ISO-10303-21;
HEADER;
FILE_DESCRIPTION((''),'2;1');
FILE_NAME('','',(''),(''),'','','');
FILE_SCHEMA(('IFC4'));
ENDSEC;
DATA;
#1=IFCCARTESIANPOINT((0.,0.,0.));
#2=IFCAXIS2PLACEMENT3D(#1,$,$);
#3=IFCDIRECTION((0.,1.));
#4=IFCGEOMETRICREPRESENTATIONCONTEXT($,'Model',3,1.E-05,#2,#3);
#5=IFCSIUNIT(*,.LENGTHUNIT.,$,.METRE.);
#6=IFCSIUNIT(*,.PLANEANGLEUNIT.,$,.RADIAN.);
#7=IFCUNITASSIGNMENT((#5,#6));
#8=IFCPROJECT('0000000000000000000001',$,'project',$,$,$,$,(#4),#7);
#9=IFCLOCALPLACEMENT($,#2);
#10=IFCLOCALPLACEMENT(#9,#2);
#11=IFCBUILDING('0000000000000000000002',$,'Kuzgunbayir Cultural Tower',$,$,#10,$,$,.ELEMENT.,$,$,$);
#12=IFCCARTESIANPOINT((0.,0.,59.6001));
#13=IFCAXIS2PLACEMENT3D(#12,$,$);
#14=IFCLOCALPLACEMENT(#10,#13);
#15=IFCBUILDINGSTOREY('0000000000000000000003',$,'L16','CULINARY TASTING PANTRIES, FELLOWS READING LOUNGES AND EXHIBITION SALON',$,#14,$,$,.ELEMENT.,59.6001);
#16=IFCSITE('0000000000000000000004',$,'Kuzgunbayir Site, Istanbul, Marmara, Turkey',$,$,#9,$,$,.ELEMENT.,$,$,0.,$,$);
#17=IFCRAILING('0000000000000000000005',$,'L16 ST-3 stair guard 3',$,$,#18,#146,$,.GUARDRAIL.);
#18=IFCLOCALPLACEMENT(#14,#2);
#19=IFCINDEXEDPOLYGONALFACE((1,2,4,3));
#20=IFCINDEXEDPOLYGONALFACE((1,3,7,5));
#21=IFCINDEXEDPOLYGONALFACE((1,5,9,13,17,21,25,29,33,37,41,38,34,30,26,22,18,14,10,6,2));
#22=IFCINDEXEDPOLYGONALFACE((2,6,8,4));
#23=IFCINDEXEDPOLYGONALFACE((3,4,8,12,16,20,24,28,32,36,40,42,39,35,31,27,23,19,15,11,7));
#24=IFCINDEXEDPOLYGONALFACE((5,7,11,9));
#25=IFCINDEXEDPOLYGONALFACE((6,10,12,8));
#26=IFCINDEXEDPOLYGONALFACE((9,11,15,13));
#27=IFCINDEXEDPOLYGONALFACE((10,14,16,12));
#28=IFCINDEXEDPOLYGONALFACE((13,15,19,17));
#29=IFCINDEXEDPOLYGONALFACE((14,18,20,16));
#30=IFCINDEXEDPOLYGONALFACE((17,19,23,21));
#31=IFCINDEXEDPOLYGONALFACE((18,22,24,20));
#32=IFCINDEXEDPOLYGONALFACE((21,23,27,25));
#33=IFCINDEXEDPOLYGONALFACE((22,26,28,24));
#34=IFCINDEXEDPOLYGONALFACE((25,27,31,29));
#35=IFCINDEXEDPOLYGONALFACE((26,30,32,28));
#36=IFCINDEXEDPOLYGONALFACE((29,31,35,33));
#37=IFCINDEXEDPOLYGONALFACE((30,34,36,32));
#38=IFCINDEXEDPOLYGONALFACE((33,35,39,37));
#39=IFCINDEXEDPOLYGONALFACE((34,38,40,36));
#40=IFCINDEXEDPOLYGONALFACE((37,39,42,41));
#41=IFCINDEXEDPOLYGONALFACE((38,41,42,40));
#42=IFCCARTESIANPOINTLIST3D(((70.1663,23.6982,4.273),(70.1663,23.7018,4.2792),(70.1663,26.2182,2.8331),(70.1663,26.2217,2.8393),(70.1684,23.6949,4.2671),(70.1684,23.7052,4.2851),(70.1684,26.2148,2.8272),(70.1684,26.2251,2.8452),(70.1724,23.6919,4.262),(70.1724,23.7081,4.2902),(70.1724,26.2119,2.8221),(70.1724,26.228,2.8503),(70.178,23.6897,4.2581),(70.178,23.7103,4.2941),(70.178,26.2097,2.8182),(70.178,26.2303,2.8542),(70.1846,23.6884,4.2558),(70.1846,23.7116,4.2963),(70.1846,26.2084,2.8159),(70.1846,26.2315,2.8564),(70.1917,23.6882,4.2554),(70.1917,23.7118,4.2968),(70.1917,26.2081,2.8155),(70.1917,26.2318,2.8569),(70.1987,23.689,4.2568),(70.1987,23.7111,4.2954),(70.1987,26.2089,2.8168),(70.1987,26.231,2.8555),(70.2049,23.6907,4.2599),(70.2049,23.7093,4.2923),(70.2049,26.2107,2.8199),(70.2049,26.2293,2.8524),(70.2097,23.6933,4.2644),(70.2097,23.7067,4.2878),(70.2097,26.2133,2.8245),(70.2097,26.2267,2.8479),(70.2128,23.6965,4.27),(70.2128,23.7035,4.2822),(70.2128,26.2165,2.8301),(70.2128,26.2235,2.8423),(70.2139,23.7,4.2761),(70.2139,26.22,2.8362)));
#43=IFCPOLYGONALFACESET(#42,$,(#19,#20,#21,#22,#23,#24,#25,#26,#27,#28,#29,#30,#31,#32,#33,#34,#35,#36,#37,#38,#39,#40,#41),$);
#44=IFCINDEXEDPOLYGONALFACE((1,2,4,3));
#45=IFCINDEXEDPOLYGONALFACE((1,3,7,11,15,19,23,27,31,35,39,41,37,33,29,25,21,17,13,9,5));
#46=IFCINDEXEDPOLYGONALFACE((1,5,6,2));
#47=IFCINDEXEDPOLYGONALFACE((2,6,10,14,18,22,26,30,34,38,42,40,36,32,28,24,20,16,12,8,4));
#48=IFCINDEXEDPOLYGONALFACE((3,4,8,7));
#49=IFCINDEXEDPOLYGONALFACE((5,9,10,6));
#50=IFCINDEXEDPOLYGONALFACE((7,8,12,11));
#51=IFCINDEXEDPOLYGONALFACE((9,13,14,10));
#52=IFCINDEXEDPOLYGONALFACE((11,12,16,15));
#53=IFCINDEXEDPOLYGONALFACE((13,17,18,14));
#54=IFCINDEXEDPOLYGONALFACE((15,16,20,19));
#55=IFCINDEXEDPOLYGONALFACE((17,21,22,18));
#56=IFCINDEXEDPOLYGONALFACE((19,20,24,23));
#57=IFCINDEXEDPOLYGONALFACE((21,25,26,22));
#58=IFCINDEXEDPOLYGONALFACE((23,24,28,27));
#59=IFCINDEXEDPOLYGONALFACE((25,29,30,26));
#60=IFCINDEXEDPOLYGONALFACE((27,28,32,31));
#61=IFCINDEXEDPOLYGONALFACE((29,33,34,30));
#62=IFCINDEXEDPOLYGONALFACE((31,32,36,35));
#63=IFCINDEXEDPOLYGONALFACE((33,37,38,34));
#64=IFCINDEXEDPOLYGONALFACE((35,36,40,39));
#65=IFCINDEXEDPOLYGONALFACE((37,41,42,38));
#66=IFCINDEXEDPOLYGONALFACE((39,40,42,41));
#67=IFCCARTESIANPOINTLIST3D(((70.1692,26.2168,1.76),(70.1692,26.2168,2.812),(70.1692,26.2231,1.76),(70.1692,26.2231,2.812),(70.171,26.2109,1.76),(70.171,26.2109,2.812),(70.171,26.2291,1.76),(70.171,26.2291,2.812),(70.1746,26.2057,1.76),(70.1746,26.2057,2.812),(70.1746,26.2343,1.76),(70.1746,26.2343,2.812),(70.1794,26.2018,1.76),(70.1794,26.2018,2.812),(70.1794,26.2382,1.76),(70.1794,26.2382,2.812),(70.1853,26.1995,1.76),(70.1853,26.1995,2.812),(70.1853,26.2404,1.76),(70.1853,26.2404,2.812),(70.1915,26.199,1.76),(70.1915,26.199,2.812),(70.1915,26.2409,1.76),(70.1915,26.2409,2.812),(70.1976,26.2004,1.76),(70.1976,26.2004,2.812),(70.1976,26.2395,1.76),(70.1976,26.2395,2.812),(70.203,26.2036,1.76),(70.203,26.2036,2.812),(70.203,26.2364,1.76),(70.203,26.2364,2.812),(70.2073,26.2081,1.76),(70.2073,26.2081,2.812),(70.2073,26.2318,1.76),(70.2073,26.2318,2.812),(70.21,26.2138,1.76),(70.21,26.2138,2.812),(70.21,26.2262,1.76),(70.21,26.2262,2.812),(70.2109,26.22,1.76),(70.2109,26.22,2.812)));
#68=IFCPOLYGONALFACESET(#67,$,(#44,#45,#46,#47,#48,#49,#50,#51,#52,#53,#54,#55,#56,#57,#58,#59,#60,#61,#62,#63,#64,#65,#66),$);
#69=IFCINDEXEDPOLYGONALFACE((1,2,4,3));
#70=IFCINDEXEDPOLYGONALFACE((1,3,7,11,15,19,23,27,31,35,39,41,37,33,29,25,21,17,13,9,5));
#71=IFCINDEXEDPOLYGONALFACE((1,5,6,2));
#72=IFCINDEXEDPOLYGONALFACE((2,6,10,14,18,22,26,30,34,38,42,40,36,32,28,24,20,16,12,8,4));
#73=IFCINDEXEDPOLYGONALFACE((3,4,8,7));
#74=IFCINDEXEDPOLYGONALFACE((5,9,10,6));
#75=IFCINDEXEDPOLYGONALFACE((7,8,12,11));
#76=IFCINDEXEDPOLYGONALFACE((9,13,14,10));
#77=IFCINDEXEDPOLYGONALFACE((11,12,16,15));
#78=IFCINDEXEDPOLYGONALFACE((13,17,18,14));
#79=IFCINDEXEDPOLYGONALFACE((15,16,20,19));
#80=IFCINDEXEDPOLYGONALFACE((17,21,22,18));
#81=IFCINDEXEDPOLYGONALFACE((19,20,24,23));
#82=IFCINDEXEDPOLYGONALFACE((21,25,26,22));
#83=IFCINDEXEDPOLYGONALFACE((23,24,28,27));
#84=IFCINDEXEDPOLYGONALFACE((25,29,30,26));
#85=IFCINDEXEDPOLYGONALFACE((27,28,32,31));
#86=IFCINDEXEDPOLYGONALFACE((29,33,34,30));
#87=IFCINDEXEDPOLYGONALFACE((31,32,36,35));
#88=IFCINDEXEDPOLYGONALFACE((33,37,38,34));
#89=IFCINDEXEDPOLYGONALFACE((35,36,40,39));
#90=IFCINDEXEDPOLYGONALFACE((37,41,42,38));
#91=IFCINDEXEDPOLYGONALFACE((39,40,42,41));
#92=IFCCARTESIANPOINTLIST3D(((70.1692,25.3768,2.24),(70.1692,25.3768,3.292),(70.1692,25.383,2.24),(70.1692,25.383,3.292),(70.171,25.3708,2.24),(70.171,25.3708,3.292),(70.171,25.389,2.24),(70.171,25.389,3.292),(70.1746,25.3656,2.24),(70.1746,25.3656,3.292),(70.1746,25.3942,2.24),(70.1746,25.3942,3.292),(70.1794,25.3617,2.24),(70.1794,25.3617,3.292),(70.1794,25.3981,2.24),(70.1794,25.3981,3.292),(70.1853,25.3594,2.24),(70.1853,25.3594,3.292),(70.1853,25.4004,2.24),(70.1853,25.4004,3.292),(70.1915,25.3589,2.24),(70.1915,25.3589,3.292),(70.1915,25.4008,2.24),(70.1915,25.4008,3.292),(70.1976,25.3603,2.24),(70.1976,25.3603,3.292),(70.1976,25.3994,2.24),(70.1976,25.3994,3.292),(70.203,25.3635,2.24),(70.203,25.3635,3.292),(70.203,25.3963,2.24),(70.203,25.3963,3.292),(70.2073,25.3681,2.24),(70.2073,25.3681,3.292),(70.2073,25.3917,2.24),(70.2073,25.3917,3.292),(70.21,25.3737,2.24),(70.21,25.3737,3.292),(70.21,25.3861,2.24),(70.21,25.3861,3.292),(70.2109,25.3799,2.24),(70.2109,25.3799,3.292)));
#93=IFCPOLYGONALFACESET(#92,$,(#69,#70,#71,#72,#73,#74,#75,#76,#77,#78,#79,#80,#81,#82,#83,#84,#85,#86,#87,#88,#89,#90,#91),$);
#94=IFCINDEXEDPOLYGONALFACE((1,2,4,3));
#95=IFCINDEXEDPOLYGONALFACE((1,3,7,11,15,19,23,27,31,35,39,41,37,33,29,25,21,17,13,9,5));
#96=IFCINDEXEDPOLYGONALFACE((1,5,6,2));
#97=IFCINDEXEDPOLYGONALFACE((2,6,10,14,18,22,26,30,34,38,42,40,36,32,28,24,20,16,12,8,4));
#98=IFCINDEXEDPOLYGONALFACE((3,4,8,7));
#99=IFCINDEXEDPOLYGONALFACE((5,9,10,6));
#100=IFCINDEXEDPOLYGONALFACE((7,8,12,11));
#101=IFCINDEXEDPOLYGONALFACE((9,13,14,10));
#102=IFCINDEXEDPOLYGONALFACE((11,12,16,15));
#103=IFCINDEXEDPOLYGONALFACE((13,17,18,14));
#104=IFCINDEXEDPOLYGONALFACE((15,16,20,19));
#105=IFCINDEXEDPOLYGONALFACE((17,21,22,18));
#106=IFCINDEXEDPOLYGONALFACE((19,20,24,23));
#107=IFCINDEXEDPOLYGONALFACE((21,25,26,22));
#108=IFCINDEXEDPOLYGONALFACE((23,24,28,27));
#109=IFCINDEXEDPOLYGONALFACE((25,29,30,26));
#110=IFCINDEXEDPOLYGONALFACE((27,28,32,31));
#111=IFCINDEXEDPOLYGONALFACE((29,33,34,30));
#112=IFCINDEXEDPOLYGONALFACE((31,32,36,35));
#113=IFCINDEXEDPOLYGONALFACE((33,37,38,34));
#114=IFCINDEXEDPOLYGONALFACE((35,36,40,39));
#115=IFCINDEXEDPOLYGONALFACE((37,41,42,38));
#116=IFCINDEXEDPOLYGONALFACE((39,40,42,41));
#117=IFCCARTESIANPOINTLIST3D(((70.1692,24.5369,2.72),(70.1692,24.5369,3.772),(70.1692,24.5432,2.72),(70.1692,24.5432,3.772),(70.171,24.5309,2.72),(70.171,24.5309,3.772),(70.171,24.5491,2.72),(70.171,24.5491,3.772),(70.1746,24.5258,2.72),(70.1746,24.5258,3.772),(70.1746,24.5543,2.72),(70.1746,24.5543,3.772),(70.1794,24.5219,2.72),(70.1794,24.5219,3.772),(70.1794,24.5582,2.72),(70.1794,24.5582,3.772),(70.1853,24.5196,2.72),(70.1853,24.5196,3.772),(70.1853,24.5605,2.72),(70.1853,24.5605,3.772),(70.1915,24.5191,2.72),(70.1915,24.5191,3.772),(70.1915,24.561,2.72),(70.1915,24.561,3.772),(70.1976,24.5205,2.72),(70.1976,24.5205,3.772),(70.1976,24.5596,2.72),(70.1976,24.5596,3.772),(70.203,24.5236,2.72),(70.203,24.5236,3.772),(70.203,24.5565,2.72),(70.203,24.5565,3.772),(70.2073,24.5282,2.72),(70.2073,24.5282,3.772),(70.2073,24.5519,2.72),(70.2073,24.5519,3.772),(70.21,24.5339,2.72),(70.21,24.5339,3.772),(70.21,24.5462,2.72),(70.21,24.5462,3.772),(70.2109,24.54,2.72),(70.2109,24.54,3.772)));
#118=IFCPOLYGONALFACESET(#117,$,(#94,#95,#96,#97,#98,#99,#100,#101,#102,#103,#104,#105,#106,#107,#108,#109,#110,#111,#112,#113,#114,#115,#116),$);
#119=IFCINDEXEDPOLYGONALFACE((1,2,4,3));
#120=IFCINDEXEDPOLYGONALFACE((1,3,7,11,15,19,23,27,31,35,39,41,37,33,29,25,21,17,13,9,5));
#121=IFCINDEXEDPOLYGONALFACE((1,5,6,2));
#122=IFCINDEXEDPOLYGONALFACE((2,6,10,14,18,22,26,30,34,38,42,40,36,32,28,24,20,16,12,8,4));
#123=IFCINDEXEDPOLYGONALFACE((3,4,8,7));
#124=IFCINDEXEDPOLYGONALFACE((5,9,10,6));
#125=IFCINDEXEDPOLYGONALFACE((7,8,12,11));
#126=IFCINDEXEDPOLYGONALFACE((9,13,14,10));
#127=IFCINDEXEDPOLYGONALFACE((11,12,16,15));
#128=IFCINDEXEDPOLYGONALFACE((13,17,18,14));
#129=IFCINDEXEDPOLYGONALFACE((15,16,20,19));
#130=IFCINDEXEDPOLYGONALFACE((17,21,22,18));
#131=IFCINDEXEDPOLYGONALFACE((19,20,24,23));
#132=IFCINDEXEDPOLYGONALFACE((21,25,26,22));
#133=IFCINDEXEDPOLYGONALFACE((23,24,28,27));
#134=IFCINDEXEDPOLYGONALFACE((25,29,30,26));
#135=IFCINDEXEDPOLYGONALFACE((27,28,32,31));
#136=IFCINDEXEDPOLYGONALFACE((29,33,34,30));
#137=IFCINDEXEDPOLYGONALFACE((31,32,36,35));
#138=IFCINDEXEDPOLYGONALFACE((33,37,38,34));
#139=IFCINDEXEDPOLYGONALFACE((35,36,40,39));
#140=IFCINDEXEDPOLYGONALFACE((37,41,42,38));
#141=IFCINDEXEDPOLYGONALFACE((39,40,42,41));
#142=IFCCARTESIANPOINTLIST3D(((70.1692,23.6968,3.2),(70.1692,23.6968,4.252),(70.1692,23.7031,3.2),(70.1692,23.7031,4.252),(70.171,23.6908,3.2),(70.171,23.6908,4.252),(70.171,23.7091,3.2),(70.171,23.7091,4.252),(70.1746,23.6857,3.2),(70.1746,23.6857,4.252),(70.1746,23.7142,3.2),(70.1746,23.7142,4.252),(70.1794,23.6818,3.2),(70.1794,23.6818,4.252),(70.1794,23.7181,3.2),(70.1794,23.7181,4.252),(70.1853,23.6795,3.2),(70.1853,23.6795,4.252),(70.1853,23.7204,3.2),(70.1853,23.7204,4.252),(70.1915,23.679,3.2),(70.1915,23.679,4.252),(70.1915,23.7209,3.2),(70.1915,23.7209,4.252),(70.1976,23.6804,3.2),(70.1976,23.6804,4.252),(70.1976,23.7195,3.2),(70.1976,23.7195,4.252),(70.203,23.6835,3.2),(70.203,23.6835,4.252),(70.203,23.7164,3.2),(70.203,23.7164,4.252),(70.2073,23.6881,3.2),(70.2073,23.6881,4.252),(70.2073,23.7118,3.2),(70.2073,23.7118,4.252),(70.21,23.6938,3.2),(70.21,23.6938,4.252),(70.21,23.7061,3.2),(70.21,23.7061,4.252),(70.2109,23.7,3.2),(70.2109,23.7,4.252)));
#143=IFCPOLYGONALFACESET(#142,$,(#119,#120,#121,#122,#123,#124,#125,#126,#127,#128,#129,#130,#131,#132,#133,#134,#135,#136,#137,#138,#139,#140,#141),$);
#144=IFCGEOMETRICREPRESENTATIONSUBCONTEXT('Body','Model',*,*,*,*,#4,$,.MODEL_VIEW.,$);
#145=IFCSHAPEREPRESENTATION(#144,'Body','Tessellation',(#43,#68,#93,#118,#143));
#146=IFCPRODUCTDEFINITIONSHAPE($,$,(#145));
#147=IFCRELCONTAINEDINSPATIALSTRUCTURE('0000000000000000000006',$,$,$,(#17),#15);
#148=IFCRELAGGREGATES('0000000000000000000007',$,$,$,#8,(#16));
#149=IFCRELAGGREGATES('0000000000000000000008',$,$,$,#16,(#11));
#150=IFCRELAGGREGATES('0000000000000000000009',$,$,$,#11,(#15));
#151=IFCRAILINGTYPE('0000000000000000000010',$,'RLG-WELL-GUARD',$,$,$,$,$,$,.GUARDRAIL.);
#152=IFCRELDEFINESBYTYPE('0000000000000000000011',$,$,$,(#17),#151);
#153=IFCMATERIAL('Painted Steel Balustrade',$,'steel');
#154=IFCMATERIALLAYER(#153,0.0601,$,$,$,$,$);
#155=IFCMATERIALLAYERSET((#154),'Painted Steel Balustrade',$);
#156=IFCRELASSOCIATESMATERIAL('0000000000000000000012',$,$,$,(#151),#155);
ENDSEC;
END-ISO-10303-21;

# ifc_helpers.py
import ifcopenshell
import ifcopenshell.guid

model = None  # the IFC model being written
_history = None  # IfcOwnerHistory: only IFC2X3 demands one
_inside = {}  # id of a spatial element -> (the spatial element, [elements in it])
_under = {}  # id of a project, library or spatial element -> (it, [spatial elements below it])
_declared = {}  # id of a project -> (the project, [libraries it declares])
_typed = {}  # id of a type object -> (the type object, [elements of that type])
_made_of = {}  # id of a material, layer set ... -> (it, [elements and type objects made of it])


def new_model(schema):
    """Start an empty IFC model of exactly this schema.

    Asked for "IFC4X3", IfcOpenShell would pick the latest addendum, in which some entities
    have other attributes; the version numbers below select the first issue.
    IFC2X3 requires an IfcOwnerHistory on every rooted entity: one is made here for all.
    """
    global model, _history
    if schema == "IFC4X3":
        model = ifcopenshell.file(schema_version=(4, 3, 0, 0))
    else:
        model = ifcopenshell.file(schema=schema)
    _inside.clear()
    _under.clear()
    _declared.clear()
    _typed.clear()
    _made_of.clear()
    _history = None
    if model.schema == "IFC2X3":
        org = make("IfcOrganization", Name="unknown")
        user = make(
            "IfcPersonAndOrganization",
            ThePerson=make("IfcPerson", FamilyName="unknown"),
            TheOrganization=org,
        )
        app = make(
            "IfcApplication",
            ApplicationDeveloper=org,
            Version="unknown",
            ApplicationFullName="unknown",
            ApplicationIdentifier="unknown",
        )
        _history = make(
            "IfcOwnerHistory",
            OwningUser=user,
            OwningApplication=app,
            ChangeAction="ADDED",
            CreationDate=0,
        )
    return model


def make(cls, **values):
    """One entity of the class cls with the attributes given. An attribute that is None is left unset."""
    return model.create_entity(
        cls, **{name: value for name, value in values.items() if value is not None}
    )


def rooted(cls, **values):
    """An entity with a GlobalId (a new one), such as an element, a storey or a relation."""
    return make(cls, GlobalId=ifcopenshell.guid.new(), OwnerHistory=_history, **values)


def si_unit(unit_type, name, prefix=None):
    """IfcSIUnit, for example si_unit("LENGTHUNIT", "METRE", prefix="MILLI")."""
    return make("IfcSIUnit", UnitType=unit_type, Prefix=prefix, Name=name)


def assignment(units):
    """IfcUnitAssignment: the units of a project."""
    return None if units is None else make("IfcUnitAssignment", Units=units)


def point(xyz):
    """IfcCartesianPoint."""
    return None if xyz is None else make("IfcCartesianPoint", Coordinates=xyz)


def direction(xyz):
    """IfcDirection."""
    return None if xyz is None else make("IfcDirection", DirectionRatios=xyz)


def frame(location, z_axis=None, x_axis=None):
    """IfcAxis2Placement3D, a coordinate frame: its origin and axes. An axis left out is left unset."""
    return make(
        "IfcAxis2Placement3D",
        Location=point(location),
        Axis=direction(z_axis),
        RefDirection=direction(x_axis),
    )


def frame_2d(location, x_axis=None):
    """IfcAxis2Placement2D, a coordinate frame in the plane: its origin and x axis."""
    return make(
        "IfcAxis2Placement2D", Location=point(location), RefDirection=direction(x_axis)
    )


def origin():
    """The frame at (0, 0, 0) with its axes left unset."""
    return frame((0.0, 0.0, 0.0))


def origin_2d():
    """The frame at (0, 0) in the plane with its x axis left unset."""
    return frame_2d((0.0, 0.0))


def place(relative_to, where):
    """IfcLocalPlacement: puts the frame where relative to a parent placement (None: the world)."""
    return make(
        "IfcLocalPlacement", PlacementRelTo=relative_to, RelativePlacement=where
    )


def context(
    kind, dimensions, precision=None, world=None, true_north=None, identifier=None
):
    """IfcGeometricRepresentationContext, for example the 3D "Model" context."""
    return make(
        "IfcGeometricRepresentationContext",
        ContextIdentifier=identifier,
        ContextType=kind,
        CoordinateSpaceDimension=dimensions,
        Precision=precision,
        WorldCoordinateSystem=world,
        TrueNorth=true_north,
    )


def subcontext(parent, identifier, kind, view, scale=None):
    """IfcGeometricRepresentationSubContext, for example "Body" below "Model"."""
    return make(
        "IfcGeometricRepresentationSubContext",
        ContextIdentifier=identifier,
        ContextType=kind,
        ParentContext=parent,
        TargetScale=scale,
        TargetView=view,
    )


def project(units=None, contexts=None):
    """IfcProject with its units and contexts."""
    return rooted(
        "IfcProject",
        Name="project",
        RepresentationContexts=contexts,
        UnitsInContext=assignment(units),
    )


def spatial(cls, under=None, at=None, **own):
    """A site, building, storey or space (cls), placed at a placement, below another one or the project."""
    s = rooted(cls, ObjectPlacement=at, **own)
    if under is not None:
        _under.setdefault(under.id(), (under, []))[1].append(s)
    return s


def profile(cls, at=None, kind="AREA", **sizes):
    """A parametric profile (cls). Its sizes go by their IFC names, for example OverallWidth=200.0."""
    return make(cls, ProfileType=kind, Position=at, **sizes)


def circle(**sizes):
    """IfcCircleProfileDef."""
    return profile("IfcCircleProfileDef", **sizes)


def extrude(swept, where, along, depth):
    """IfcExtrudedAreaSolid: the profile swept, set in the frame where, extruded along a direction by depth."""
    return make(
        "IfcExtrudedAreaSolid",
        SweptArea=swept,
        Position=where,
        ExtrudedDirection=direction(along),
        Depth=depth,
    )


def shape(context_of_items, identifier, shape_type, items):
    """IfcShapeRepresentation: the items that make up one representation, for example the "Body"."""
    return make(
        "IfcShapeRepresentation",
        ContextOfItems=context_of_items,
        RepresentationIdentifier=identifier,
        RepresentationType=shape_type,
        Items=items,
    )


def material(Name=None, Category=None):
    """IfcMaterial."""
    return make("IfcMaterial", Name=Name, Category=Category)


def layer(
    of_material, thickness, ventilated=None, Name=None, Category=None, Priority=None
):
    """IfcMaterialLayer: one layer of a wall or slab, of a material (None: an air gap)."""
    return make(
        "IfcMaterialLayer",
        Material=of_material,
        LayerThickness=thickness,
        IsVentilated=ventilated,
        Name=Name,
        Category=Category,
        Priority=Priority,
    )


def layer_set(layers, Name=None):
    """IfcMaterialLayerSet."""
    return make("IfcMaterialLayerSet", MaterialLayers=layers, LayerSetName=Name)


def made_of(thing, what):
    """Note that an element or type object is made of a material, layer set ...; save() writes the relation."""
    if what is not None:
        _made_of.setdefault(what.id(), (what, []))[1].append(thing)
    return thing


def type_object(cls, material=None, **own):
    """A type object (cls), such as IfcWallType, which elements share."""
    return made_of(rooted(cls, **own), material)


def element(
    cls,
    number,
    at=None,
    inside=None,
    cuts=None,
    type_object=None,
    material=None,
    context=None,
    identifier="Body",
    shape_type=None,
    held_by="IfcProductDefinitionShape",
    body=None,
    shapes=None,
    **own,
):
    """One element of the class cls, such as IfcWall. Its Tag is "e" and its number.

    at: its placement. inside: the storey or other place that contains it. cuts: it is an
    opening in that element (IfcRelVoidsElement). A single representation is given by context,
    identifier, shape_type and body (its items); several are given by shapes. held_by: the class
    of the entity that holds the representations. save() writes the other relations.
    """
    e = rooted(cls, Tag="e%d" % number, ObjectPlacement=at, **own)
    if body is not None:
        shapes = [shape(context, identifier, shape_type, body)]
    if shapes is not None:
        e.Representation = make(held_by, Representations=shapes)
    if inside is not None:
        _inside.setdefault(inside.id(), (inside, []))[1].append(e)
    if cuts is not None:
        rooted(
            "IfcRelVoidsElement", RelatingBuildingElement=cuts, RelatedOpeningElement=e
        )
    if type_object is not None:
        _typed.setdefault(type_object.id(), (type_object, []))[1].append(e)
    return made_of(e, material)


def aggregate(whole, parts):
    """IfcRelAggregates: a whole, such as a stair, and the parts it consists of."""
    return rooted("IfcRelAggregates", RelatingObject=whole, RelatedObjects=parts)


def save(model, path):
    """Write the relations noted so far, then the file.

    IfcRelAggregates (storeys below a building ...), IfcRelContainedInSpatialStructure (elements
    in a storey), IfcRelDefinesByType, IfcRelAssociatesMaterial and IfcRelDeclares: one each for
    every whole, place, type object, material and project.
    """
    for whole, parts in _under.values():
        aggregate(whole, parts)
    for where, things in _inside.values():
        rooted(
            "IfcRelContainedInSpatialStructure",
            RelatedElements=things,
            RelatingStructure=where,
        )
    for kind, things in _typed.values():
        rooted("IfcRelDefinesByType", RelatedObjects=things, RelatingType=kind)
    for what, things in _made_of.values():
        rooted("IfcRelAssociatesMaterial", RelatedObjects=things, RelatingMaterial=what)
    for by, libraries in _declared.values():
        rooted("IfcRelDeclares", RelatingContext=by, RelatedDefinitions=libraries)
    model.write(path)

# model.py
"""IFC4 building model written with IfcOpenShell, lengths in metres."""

from ifc_helpers import new_model, si_unit, direction, frame, origin, origin_2d, place, context, subcontext, project, spatial, circle, extrude, material, layer, layer_set, type_object, element, save


model = new_model("IFC4")

# Units and contexts
model_context = context("Model", 3, precision=1e-05, world=origin(), true_north=direction((0.0, 1.0)))
body_context = subcontext(model_context, "Body", "Model", "MODEL_VIEW")
ifc_project = project(units=[si_unit("LENGTHUNIT", "METRE"), si_unit("PLANEANGLEUNIT", "RADIAN")], contexts=[model_context])

# Site, building, storey
site_placement = place(None, origin())
site = spatial("IfcSite", under=ifc_project, at=site_placement, Name="Kuzgunbayir Site, Istanbul, Marmara, Turkey", CompositionType="ELEMENT", RefElevation=0.0)
building_placement = place(site_placement, origin())
building = spatial("IfcBuilding", under=site, at=building_placement, Name="Kuzgunbayir Cultural Tower", CompositionType="ELEMENT")
storey_placement = place(building_placement, frame((0.0, 0.0, 59.6001)))
storey = spatial("IfcBuildingStorey", under=building, at=storey_placement, Name="L16", Description="CULINARY TASTING PANTRIES, FELLOWS READING LOUNGES AND EXHIBITION SALON", CompositionType="ELEMENT", Elevation=59.6001)

# Railing
ifc_material_1 = material(Name="Painted Steel Balustrade", Category="steel")
ifc_layer_1 = layer(ifc_material_1, 0.0601)
ifc_layer_set_1 = layer_set([ifc_layer_1], Name="Painted Steel Balustrade")
railing_type_1 = type_object("IfcRailingType", Name="RLG-WELL-GUARD", PredefinedType="GUARDRAIL", material=ifc_layer_set_1)
railing_1_placement = place(storey_placement, frame((70.1899, 26.22, 1.76)))
element("IfcRailing", 1, at=railing_1_placement, inside=storey, type_object=railing_type_1, Name="L16 ST-3 stair guard 3", PredefinedType="GUARDRAIL", context=body_context, shape_type="SweptSolid", body=[
    extrude(circle(Radius=0.0239, at=origin_2d()), frame((0.0, 0.0, 1.0762), z_axis=(0.0, -0.868253, 0.496121), x_axis=(1.0, 0.0, 0.0)), (0.0, 0.0, 1.0), 2.9023),
    extrude(circle(Radius=0.021, at=origin_2d()), origin(), (0.0, 0.0, 1.0), 1.052),
    extrude(circle(Radius=0.021, at=origin_2d()), frame((0.0, -0.8401, 0.48)), (0.0, 0.0, 1.0), 1.052),
    extrude(circle(Radius=0.021, at=origin_2d()), frame((0.0, -1.6799, 0.96)), (0.0, 0.0, 1.0), 1.052),
    extrude(circle(Radius=0.021, at=origin_2d()), frame((0.0, -2.52, 1.4399)), (0.0, 0.0, 1.0), 1.052),
])

save(model, "model.ifc")
